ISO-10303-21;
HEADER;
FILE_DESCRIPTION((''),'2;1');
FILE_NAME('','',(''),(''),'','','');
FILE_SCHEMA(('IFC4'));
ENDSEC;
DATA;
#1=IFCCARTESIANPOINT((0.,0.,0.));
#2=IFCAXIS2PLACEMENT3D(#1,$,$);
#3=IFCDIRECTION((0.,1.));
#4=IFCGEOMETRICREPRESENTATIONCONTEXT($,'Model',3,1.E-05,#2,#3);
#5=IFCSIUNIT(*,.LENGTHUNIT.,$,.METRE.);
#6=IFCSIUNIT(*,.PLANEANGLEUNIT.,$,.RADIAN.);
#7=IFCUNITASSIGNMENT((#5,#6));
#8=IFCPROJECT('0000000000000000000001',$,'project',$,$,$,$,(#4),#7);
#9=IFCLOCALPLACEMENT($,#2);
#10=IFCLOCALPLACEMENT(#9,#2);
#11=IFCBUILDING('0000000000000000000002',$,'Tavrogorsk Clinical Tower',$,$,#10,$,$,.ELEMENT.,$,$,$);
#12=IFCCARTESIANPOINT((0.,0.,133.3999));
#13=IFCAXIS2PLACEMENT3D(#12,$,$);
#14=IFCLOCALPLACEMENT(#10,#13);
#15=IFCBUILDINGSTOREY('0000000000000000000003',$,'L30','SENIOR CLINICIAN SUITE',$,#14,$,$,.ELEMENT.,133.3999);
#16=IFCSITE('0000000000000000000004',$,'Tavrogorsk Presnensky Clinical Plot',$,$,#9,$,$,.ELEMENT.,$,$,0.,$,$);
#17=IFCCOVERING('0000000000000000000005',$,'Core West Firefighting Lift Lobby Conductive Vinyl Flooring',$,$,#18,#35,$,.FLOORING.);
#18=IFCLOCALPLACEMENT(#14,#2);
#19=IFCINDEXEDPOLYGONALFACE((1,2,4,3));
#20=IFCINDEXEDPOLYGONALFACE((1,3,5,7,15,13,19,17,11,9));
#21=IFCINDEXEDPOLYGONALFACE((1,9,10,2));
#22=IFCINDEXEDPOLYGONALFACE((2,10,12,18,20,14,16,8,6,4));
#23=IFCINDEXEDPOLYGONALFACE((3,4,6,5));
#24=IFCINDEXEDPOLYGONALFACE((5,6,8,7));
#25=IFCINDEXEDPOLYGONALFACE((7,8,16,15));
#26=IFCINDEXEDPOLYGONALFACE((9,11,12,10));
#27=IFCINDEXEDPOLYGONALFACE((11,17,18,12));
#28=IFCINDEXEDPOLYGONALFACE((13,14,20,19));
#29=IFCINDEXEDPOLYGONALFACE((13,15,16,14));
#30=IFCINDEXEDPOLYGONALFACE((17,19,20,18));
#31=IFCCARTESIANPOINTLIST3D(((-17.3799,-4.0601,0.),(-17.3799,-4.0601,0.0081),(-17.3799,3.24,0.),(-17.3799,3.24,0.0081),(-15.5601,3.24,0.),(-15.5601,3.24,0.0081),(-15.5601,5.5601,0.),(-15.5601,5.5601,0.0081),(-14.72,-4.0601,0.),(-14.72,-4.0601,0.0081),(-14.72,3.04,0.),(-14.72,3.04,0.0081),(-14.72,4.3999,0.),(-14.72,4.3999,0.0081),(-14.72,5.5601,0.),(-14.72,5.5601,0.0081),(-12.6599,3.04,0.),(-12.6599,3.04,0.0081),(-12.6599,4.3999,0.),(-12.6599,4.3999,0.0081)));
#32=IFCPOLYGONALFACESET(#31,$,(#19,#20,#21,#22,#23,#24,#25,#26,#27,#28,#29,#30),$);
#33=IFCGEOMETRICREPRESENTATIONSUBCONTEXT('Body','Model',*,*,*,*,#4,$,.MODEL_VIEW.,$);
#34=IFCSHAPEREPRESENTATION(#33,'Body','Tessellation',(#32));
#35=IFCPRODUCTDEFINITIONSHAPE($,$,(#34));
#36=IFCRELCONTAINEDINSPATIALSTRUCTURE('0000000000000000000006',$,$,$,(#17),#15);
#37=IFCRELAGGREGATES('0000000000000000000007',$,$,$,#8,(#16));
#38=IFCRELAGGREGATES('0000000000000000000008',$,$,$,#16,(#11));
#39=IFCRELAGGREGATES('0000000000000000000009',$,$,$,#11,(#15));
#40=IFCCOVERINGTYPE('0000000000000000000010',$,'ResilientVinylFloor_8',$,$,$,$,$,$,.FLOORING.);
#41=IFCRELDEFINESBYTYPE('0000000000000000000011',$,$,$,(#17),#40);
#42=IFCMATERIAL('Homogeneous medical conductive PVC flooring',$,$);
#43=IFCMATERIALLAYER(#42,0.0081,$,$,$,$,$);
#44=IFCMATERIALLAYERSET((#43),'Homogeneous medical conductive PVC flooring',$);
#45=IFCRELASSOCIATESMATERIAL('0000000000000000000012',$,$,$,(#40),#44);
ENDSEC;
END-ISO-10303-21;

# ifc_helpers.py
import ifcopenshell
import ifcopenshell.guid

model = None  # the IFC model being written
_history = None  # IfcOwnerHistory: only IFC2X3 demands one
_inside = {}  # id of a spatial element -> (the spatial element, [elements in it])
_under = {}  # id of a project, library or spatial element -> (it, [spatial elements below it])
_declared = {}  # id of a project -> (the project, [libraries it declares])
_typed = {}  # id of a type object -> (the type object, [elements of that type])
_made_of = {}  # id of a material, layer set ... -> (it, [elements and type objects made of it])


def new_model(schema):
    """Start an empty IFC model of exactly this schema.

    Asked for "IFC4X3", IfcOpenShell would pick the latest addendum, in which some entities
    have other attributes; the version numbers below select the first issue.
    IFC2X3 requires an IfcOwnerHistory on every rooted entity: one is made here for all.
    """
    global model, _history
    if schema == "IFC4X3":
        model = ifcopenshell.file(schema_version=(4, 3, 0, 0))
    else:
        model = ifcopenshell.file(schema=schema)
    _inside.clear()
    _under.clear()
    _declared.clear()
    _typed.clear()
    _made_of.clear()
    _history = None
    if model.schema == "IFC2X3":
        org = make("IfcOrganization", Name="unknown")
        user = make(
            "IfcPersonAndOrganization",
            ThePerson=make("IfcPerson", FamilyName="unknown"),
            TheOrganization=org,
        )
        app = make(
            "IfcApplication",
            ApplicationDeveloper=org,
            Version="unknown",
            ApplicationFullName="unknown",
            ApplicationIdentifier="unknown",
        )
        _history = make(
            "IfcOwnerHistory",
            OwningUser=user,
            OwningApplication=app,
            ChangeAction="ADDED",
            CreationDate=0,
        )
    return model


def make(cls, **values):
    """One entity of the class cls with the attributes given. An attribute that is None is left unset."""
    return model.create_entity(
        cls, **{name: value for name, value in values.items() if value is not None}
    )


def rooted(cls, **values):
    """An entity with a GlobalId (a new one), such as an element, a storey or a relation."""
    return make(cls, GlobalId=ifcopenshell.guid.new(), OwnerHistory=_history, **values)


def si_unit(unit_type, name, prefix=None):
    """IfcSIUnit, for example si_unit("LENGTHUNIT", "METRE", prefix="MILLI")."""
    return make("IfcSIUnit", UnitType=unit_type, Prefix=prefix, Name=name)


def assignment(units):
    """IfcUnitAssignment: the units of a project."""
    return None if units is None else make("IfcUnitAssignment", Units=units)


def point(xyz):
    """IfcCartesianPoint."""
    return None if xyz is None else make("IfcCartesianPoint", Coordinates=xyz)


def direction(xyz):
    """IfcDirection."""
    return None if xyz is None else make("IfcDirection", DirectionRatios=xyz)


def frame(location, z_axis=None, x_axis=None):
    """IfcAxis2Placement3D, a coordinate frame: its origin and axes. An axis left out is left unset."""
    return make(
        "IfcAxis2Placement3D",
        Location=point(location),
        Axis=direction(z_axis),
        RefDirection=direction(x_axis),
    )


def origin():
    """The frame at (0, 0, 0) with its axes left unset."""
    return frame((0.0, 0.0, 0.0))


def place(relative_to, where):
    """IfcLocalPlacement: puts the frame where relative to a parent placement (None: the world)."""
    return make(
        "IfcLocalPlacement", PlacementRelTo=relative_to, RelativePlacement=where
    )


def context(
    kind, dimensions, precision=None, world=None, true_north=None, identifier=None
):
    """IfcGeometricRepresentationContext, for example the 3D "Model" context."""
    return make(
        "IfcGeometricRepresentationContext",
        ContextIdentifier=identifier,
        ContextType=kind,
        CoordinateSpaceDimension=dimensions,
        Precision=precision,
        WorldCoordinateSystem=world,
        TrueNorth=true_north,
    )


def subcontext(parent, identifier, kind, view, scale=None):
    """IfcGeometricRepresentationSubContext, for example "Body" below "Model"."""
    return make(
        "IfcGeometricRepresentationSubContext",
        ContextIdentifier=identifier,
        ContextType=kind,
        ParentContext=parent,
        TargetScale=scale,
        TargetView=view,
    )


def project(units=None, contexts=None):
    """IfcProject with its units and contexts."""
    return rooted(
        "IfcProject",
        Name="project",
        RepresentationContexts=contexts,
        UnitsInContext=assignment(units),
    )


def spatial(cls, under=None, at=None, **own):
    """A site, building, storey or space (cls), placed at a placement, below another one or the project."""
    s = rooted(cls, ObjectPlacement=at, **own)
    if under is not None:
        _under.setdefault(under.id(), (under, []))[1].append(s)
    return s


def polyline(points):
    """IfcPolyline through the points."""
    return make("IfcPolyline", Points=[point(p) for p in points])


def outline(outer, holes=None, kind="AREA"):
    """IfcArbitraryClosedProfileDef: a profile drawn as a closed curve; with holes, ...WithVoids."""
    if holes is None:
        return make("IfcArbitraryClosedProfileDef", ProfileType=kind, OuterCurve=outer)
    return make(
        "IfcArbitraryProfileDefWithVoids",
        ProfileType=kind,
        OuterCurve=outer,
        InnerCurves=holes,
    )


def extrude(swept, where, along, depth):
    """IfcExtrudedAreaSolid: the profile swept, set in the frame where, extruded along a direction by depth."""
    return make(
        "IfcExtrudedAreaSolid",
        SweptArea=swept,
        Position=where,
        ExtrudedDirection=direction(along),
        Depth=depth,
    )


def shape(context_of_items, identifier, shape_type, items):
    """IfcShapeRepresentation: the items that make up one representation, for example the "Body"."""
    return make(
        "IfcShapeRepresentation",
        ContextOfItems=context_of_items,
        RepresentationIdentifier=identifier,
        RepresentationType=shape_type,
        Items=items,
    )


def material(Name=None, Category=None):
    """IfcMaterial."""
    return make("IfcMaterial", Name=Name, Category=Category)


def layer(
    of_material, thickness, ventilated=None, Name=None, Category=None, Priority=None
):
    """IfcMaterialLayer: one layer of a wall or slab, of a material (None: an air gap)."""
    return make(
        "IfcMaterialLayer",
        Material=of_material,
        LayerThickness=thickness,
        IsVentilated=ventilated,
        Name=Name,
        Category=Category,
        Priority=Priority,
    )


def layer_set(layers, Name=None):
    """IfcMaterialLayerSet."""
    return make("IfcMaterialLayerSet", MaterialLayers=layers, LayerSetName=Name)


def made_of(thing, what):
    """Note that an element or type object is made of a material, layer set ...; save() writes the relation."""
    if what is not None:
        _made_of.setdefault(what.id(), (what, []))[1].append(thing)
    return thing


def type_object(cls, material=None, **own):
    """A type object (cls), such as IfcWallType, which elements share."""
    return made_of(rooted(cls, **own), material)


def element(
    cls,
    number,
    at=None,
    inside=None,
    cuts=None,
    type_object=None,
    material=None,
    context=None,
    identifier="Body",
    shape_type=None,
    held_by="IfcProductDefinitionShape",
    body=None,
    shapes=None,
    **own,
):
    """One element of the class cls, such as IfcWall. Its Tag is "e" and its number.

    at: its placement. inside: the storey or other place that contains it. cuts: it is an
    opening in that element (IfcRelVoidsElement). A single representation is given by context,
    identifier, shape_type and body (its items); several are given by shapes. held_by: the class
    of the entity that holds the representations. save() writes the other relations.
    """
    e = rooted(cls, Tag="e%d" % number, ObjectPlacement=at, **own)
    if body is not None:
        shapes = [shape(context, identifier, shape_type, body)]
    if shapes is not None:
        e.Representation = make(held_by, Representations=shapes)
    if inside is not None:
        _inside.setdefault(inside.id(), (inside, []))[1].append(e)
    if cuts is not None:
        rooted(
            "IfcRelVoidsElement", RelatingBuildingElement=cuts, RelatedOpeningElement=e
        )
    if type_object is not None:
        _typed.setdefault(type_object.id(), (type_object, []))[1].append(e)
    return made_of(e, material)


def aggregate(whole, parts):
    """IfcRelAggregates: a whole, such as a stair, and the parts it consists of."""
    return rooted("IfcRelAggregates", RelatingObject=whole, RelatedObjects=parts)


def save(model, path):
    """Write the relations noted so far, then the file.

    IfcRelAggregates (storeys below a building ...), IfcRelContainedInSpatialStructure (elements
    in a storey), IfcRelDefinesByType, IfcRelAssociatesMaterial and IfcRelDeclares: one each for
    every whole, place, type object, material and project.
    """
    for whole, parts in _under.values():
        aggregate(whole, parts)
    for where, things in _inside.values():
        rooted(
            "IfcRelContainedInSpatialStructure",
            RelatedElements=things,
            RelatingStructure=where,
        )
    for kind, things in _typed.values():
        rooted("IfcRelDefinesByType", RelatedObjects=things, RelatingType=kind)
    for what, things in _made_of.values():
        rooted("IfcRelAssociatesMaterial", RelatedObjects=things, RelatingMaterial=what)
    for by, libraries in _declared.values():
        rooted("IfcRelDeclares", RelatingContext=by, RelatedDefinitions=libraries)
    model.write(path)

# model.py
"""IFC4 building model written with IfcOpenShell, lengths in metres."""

from ifc_helpers import new_model, si_unit, direction, frame, origin, place, context, subcontext, project, spatial, polyline, outline, extrude, material, layer, layer_set, type_object, element, save


model = new_model("IFC4")

# Units and contexts
model_context = context("Model", 3, precision=1e-05, world=origin(), true_north=direction((0.0, 1.0)))
body_context = subcontext(model_context, "Body", "Model", "MODEL_VIEW")
ifc_project = project(units=[si_unit("LENGTHUNIT", "METRE"), si_unit("PLANEANGLEUNIT", "RADIAN")], contexts=[model_context])

# Site, building, storey
site_placement = place(None, origin())
site = spatial("IfcSite", under=ifc_project, at=site_placement, Name="Tavrogorsk Presnensky Clinical Plot", CompositionType="ELEMENT", RefElevation=0.0)
building_placement = place(site_placement, origin())
building = spatial("IfcBuilding", under=site, at=building_placement, Name="Tavrogorsk Clinical Tower", CompositionType="ELEMENT")
storey_placement = place(building_placement, frame((0.0, 0.0, 133.3999)))
storey = spatial("IfcBuildingStorey", under=building, at=storey_placement, Name="L30", Description="SENIOR CLINICIAN SUITE", CompositionType="ELEMENT", Elevation=133.3999)

# Covering
ifc_material_1 = material(Name="Homogeneous medical conductive PVC flooring")
ifc_layer_1 = layer(ifc_material_1, 0.0081)
ifc_layer_set_1 = layer_set([ifc_layer_1], Name="Homogeneous medical conductive PVC flooring")
covering_type_1 = type_object("IfcCoveringType", Name="ResilientVinylFloor_8", PredefinedType="FLOORING", material=ifc_layer_set_1)
covering_1_placement = place(storey_placement, origin())
element("IfcCovering", 1, at=covering_1_placement, inside=storey, type_object=covering_type_1, Name="Core West Firefighting Lift Lobby Conductive Vinyl Flooring", PredefinedType="FLOORING", context=body_context, shape_type="SweptSolid", body=[
    extrude(outline(polyline([(-17.3799, -4.0601), (-17.3799, 3.24), (-15.5601, 3.24), (-15.5601, 5.5601), (-14.72, 5.5601), (-14.72, 4.3999), (-12.6599, 4.3999), (-12.6599, 3.04), (-14.72, 3.04), (-14.72, -4.0601), (-17.3799, -4.0601)])), origin(), (0.0, 0.0, 1.0), 0.0081),
])

save(model, "model.ifc")
